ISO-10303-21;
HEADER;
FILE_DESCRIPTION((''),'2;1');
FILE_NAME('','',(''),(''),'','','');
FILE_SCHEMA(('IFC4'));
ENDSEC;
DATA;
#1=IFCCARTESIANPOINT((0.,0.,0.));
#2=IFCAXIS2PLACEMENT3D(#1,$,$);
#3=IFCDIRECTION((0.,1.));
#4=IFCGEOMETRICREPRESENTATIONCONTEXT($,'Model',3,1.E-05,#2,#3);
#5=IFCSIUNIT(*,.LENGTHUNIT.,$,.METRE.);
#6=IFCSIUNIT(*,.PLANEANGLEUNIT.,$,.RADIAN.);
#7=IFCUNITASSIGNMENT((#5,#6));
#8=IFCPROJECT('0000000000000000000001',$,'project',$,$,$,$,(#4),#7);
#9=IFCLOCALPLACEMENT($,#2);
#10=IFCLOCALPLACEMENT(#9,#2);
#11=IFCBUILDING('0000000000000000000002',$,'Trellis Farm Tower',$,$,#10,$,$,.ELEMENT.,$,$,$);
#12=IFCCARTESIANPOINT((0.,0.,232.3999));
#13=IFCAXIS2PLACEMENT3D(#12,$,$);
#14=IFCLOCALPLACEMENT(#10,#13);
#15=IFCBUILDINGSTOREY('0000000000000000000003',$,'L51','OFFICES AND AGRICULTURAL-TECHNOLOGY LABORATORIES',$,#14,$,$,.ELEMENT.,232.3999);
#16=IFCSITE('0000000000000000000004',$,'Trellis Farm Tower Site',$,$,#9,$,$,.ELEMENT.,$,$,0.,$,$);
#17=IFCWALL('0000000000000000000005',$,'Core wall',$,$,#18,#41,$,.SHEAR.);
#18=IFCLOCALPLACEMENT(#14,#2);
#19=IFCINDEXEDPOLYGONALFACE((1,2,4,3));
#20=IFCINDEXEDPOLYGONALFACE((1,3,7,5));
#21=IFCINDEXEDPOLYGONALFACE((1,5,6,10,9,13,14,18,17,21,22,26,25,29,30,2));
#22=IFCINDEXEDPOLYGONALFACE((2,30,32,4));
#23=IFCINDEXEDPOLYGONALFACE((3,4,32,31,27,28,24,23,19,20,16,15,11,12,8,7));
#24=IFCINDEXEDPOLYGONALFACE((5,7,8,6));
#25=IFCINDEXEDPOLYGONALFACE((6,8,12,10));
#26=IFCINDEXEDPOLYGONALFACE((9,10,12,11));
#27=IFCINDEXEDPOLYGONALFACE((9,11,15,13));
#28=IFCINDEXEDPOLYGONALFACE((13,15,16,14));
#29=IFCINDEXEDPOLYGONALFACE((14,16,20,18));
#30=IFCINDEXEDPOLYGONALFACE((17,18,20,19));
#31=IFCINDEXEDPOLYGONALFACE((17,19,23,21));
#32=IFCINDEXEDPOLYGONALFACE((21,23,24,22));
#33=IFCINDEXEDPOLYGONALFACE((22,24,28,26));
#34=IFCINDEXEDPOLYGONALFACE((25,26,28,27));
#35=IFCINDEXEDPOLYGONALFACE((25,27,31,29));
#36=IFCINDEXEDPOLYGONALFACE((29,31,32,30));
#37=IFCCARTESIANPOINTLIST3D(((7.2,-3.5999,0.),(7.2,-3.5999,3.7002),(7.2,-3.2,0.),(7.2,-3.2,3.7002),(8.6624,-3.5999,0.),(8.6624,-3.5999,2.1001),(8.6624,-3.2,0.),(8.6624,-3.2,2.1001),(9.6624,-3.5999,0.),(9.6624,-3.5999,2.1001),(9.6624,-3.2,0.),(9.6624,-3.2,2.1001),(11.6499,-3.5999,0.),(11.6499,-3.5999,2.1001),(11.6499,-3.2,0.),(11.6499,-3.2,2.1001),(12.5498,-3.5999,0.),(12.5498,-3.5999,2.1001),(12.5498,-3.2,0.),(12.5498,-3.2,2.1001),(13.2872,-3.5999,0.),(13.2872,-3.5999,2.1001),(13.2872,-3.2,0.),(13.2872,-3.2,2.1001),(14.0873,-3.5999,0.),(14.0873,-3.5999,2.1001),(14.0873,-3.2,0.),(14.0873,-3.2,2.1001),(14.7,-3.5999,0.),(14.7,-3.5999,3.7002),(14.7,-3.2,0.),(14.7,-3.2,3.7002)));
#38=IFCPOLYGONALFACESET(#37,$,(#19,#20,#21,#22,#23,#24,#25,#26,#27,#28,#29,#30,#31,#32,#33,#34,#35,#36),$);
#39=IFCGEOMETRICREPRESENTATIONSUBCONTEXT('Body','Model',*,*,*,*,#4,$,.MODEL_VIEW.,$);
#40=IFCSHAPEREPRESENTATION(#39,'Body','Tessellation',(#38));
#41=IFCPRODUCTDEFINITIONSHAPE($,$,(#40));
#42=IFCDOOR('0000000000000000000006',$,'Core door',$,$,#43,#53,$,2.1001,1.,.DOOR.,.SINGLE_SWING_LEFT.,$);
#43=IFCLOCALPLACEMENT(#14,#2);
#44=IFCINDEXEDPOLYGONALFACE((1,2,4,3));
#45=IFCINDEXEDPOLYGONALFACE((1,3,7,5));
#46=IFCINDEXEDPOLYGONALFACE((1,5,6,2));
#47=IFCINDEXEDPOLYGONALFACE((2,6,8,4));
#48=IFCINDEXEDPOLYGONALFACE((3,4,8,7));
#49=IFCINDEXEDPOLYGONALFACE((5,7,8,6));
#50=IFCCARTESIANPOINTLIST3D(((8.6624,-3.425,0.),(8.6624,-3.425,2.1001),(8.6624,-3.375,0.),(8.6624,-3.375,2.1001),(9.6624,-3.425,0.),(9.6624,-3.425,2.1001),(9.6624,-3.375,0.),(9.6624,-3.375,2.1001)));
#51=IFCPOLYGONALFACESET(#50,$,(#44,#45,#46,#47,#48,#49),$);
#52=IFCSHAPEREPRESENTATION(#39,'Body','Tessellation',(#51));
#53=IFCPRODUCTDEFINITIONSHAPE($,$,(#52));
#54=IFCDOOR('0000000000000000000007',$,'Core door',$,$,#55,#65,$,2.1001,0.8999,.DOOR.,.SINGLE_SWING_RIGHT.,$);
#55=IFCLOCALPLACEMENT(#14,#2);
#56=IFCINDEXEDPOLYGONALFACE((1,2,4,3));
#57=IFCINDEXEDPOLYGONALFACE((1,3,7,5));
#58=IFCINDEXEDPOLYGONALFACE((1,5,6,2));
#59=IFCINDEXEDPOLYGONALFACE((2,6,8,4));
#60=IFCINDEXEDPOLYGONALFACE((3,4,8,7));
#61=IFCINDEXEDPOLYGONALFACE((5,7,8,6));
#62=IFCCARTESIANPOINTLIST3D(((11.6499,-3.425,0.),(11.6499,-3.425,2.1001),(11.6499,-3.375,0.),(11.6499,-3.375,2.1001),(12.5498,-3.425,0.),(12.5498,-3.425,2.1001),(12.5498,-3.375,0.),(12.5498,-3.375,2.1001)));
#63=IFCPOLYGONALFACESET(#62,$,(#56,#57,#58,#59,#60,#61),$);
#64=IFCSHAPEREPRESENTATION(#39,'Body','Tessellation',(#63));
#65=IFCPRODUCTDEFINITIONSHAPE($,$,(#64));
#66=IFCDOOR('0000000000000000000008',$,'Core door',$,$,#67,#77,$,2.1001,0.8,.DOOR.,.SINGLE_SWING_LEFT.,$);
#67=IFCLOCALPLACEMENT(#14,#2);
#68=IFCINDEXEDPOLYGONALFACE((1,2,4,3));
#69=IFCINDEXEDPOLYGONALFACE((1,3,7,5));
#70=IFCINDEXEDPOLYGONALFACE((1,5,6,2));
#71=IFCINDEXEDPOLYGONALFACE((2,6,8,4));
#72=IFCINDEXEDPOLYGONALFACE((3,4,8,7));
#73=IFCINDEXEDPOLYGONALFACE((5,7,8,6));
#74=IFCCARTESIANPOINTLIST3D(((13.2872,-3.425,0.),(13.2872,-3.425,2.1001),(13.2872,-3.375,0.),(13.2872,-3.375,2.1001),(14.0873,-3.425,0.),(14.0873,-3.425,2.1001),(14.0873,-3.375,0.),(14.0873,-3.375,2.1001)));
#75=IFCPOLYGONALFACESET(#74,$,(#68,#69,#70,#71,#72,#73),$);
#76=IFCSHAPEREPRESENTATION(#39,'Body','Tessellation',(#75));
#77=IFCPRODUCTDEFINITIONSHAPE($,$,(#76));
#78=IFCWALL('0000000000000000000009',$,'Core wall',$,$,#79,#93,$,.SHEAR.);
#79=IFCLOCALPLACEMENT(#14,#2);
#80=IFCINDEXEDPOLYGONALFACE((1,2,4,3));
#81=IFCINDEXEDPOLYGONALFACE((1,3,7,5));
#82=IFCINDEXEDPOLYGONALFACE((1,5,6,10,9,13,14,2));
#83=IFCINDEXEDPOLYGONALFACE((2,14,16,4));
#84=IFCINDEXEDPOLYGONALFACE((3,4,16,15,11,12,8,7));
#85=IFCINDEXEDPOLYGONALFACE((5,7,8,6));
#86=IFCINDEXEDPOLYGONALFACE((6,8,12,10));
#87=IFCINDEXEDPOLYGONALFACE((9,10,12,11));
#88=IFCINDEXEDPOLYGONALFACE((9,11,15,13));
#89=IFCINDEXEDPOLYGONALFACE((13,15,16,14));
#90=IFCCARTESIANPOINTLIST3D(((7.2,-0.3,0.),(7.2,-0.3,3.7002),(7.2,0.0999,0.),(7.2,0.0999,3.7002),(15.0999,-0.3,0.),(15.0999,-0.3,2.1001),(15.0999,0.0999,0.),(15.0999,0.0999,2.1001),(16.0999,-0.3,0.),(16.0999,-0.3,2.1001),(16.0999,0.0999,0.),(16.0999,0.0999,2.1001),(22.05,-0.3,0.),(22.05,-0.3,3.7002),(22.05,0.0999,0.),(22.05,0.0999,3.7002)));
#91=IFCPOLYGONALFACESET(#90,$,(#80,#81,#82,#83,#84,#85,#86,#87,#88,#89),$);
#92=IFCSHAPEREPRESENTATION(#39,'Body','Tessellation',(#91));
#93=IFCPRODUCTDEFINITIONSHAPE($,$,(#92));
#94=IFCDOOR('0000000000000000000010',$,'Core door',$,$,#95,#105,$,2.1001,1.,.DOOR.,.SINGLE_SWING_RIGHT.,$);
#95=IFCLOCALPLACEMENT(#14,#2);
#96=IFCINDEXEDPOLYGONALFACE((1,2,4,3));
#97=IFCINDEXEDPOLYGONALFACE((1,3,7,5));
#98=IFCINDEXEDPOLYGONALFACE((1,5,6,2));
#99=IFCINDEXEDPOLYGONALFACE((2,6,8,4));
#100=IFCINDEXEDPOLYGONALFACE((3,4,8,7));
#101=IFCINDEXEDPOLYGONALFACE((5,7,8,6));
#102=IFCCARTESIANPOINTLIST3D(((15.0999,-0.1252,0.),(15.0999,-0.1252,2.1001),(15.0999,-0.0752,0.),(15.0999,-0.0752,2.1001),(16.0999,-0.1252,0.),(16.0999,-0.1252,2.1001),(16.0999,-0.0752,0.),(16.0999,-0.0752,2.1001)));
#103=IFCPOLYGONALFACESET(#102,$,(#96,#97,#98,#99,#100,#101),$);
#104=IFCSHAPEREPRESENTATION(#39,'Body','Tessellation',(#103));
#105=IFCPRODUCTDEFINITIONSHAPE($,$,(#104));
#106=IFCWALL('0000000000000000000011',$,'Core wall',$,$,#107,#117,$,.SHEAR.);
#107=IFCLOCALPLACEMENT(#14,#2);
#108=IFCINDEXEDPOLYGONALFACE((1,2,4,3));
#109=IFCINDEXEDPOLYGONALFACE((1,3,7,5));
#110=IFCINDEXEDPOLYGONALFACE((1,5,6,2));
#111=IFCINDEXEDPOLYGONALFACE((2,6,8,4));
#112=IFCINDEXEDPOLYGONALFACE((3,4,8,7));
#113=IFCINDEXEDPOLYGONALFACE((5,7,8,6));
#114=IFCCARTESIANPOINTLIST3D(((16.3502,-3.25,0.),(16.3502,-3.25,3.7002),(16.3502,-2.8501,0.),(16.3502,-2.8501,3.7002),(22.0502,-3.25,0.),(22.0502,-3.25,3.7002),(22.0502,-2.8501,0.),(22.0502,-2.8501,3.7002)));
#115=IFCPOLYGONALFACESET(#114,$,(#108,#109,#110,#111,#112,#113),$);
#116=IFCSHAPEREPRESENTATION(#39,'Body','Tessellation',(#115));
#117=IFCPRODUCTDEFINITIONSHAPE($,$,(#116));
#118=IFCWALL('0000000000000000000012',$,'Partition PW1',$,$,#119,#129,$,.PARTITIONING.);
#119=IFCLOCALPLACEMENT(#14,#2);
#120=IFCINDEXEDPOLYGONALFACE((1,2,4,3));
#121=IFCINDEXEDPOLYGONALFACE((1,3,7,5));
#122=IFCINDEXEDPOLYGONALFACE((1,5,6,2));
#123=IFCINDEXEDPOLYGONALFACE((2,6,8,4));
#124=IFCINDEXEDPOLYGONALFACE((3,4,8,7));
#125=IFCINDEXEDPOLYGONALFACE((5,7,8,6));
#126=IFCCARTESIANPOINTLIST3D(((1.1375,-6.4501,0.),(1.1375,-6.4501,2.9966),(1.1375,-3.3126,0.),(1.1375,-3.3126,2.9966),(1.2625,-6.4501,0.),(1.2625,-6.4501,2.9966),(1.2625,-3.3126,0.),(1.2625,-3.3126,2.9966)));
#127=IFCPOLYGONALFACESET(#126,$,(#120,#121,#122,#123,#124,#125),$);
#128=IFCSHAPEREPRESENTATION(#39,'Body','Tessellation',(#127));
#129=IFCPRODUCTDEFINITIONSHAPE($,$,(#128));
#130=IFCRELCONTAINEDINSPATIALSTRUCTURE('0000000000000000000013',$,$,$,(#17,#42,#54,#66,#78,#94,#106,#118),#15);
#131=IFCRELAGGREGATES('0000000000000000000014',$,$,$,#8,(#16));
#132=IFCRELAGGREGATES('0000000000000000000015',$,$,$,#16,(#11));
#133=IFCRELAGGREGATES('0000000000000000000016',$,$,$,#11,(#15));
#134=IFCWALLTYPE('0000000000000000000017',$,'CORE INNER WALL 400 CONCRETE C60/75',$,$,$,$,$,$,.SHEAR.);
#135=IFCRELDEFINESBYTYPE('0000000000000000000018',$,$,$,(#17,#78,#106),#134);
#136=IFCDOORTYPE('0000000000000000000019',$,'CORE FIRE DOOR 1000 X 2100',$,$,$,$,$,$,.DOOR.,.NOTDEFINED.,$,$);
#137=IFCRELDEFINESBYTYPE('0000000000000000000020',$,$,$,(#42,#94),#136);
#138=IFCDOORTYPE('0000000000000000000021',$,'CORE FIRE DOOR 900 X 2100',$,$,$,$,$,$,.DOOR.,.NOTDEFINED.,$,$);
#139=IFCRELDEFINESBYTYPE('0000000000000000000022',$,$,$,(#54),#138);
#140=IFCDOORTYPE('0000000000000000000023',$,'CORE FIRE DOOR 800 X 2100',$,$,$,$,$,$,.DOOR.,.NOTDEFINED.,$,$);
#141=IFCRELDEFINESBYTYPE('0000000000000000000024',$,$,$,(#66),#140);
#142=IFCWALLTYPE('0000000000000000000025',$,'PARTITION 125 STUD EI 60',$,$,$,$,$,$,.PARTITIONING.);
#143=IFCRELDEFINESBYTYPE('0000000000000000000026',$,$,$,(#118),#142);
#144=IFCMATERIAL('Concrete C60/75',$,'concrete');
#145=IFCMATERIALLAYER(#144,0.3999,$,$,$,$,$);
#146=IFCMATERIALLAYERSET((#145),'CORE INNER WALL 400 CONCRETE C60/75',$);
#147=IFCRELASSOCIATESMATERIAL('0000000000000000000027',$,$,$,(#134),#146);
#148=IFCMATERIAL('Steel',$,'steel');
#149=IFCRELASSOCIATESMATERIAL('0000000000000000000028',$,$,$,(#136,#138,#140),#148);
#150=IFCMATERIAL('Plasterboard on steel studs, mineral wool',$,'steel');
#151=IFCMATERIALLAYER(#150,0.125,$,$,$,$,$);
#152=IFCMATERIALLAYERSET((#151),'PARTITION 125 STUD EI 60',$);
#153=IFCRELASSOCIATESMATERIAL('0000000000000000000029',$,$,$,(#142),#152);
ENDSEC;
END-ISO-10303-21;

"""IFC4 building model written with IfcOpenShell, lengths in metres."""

from ifc_helpers import new_model, si_unit, direction, frame, frame_2d, origin, place, context, subcontext, project, spatial, rectangle, extrude, source, transform, mapped, material, layer, layer_set, type_object, element, fill, save


model = new_model("IFC4")

# Units and contexts
model_context = context("Model", 3, precision=1e-05, world=origin(), true_north=direction((0.0, 1.0)))
body_context = subcontext(model_context, "Body", "Model", "MODEL_VIEW")
ifc_project = project(units=[si_unit("LENGTHUNIT", "METRE"), si_unit("PLANEANGLEUNIT", "RADIAN")], contexts=[model_context])

# Site, building, storey
site_placement = place(None, origin())
site = spatial("IfcSite", under=ifc_project, at=site_placement, Name="Trellis Farm Tower Site", CompositionType="ELEMENT", RefElevation=0.0)
building_placement = place(site_placement, origin())
building = spatial("IfcBuilding", under=site, at=building_placement, Name="Trellis Farm Tower", CompositionType="ELEMENT")
storey_placement = place(building_placement, frame((0.0, 0.0, 232.3999)))
storey = spatial("IfcBuildingStorey", under=building, at=storey_placement, Name="L51", Description="OFFICES AND AGRICULTURAL-TECHNOLOGY LABORATORIES", CompositionType="ELEMENT", Elevation=232.3999)

# Shared definitions
ifc_material_1 = material(Name="Concrete C60/75", Category="concrete")

# Wall, openings, doors
ifc_layer_1 = layer(ifc_material_1, 0.3999)
ifc_layer_set_1 = layer_set([ifc_layer_1], Name="CORE INNER WALL 400 CONCRETE C60/75")
wall_type_1 = type_object("IfcWallType", Name="CORE INNER WALL 400 CONCRETE C60/75", PredefinedType="SHEAR", material=ifc_layer_set_1)
shared_shape_1 = source(origin(), body_context, "Body", "SweptSolid", [
    extrude(rectangle(XDim=7.5, YDim=0.3999, at=frame_2d((3.75, 0.0))), origin(), (0.0, 0.0, 1.0), 3.7002),
])
wall_1_placement = place(storey_placement, frame((7.2, -3.3999, 0.0), z_axis=(0.0, 0.0, 1.0), x_axis=(1.0, 0.0, 0.0)))
wall_1 = element("IfcWall", 1, at=wall_1_placement, inside=storey, type_object=wall_type_1, Name="Core wall", PredefinedType="SHEAR", context=body_context, shape_type="MappedRepresentation", body=[
    mapped(shared_shape_1, transform((0.0, 0.0, 0.0))),
])
shared_shape_2 = source(origin(), body_context, "Body", "SweptSolid", [
    extrude(rectangle(XDim=1.0, YDim=2.1001, at=frame_2d((0.5, 1.05))), frame((0.0, 0.21, 0.0), z_axis=(0.0, -1.0, 0.0), x_axis=(1.0, 0.0, 0.0)), (0.0, 0.0, 1.0), 0.4199),
])
opening_1_placement = place(wall_1_placement, frame((1.4624, 0.0, 0.0)))
opening_1 = element("IfcOpeningElement", 2, at=opening_1_placement, cuts=wall_1, PredefinedType="OPENING", context=body_context, shape_type="MappedRepresentation", body=[
    mapped(shared_shape_2, transform((0.0, 0.0, 0.0))),
])
shared_shape_3 = source(origin(), body_context, "Body", "SweptSolid", [
    extrude(rectangle(XDim=0.8999, YDim=2.1001, at=frame_2d((0.45, 1.05))), frame((0.0, 0.21, 0.0), z_axis=(0.0, -1.0, 0.0), x_axis=(1.0, 0.0, 0.0)), (0.0, 0.0, 1.0), 0.4199),
])
opening_2_placement = place(wall_1_placement, frame((4.45, 0.0, 0.0)))
opening_2 = element("IfcOpeningElement", 3, at=opening_2_placement, cuts=wall_1, PredefinedType="OPENING", context=body_context, shape_type="MappedRepresentation", body=[
    mapped(shared_shape_3, transform((0.0, 0.0, 0.0))),
])
shared_shape_4 = source(origin(), body_context, "Body", "SweptSolid", [
    extrude(rectangle(XDim=0.8, YDim=2.1001, at=frame_2d((0.3999, 1.05))), frame((0.0, 0.21, 0.0), z_axis=(0.0, -1.0, 0.0), x_axis=(1.0, 0.0, 0.0)), (0.0, 0.0, 1.0), 0.4199),
])
opening_3_placement = place(wall_1_placement, frame((6.0874, 0.0, 0.0)))
opening_3 = element("IfcOpeningElement", 4, at=opening_3_placement, cuts=wall_1, PredefinedType="OPENING", context=body_context, shape_type="MappedRepresentation", body=[
    mapped(shared_shape_4, transform((0.0, 0.0, 0.0))),
])
ifc_material_2 = material(Name="Steel", Category="steel")
door_type_1 = type_object("IfcDoorType", Name="CORE FIRE DOOR 1000 X 2100", OperationType="NOTDEFINED", PredefinedType="DOOR", material=ifc_material_2)
shared_shape_5 = source(origin(), body_context, "Body", "SweptSolid", [
    extrude(rectangle(XDim=1.0, YDim=2.1001, at=frame_2d((0.5, 1.05))), frame((0.0, 0.0249, 0.0), z_axis=(0.0, -1.0, 0.0), x_axis=(1.0, 0.0, 0.0)), (0.0, 0.0, 1.0), 0.05),
])
door_1_placement = place(opening_1_placement, origin())
door_1 = element("IfcDoor", 5, at=door_1_placement, inside=storey, type_object=door_type_1, Name="Core door", OperationType="SINGLE_SWING_LEFT", OverallHeight=2.1001, OverallWidth=1.0, PredefinedType="DOOR", context=body_context, shape_type="MappedRepresentation", body=[
    mapped(shared_shape_5, transform((0.0, 0.0, 0.0))),
])
fill(opening_1, door_1)
door_type_2 = type_object("IfcDoorType", Name="CORE FIRE DOOR 900 X 2100", OperationType="NOTDEFINED", PredefinedType="DOOR", material=ifc_material_2)
shared_shape_6 = source(origin(), body_context, "Body", "SweptSolid", [
    extrude(rectangle(XDim=0.8999, YDim=2.1001, at=frame_2d((0.45, 1.05))), frame((0.0, 0.0249, 0.0), z_axis=(0.0, -1.0, 0.0), x_axis=(1.0, 0.0, 0.0)), (0.0, 0.0, 1.0), 0.05),
])
door_2_placement = place(opening_2_placement, origin())
door_2 = element("IfcDoor", 6, at=door_2_placement, inside=storey, type_object=door_type_2, Name="Core door", OperationType="SINGLE_SWING_RIGHT", OverallHeight=2.1001, OverallWidth=0.8999, PredefinedType="DOOR", context=body_context, shape_type="MappedRepresentation", body=[
    mapped(shared_shape_6, transform((0.0, 0.0, 0.0))),
])
fill(opening_2, door_2)
door_type_3 = type_object("IfcDoorType", Name="CORE FIRE DOOR 800 X 2100", OperationType="NOTDEFINED", PredefinedType="DOOR", material=ifc_material_2)
shared_shape_7 = source(origin(), body_context, "Body", "SweptSolid", [
    extrude(rectangle(XDim=0.8, YDim=2.1001, at=frame_2d((0.3999, 1.05))), frame((0.0, 0.0249, 0.0), z_axis=(0.0, -1.0, 0.0), x_axis=(1.0, 0.0, 0.0)), (0.0, 0.0, 1.0), 0.05),
])
door_3_placement = place(opening_3_placement, origin())
door_3 = element("IfcDoor", 7, at=door_3_placement, inside=storey, type_object=door_type_3, Name="Core door", OperationType="SINGLE_SWING_LEFT", OverallHeight=2.1001, OverallWidth=0.8, PredefinedType="DOOR", context=body_context, shape_type="MappedRepresentation", body=[
    mapped(shared_shape_7, transform((0.0, 0.0, 0.0))),
])
fill(opening_3, door_3)

# Wall, opening, door
shared_shape_8 = source(origin(), body_context, "Body", "SweptSolid", [
    extrude(rectangle(XDim=14.8501, YDim=0.3999, at=frame_2d((7.425, 0.0))), origin(), (0.0, 0.0, 1.0), 3.7002),
])
wall_2_placement = place(storey_placement, frame((7.2, -0.1001, 0.0), z_axis=(0.0, 0.0, 1.0), x_axis=(1.0, 0.0, 0.0)))
wall_2 = element("IfcWall", 8, at=wall_2_placement, inside=storey, type_object=wall_type_1, Name="Core wall", PredefinedType="SHEAR", context=body_context, shape_type="MappedRepresentation", body=[
    mapped(shared_shape_8, transform((0.0, 0.0, 0.0))),
])
opening_4_placement = place(wall_2_placement, frame((7.8999, 0.0, 0.0)))
opening_4 = element("IfcOpeningElement", 9, at=opening_4_placement, cuts=wall_2, PredefinedType="OPENING", context=body_context, shape_type="MappedRepresentation", body=[
    mapped(shared_shape_2, transform((0.0, 0.0, 0.0))),
])
door_4_placement = place(opening_4_placement, origin())
door_4 = element("IfcDoor", 10, at=door_4_placement, inside=storey, type_object=door_type_1, Name="Core door", OperationType="SINGLE_SWING_RIGHT", OverallHeight=2.1001, OverallWidth=1.0, PredefinedType="DOOR", context=body_context, shape_type="MappedRepresentation", body=[
    mapped(shared_shape_5, transform((0.0, 0.0, 0.0))),
])
fill(opening_4, door_4)

# Walls
shared_shape_9 = source(origin(), body_context, "Body", "SweptSolid", [
    extrude(rectangle(XDim=5.7, YDim=0.3999, at=frame_2d((2.8501, 0.0))), origin(), (0.0, 0.0, 1.0), 3.7002),
])
wall_3_placement = place(storey_placement, frame((16.3501, -3.05, 0.0), z_axis=(0.0, 0.0, 1.0), x_axis=(1.0, 0.0, 0.0)))
element("IfcWall", 11, at=wall_3_placement, inside=storey, type_object=wall_type_1, Name="Core wall", PredefinedType="SHEAR", context=body_context, shape_type="MappedRepresentation", body=[
    mapped(shared_shape_9, transform((0.0, 0.0, 0.0))),
])
ifc_material_3 = material(Name="Plasterboard on steel studs, mineral wool", Category="steel")
ifc_layer_2 = layer(ifc_material_3, 0.125)
ifc_layer_set_2 = layer_set([ifc_layer_2], Name="PARTITION 125 STUD EI 60")
wall_type_2 = type_object("IfcWallType", Name="PARTITION 125 STUD EI 60", PredefinedType="PARTITIONING", material=ifc_layer_set_2)
shared_shape_10 = source(origin(), body_context, "Body", "SweptSolid", [
    extrude(rectangle(XDim=3.1375, YDim=0.125, at=frame_2d((1.5688, 0.0))), origin(), (0.0, 0.0, 1.0), 2.9966),
])
wall_4_placement = place(storey_placement, frame((1.2, -3.3125, 0.0), z_axis=(0.0, 0.0, 1.0), x_axis=(0.0, -1.0, 0.0)))
element("IfcWall", 12, at=wall_4_placement, inside=storey, type_object=wall_type_2, Name="Partition PW1", PredefinedType="PARTITIONING", context=body_context, shape_type="MappedRepresentation", body=[
    mapped(shared_shape_10, transform((0.0, 0.0, 0.0))),
])

save(model, "model.ifc")
